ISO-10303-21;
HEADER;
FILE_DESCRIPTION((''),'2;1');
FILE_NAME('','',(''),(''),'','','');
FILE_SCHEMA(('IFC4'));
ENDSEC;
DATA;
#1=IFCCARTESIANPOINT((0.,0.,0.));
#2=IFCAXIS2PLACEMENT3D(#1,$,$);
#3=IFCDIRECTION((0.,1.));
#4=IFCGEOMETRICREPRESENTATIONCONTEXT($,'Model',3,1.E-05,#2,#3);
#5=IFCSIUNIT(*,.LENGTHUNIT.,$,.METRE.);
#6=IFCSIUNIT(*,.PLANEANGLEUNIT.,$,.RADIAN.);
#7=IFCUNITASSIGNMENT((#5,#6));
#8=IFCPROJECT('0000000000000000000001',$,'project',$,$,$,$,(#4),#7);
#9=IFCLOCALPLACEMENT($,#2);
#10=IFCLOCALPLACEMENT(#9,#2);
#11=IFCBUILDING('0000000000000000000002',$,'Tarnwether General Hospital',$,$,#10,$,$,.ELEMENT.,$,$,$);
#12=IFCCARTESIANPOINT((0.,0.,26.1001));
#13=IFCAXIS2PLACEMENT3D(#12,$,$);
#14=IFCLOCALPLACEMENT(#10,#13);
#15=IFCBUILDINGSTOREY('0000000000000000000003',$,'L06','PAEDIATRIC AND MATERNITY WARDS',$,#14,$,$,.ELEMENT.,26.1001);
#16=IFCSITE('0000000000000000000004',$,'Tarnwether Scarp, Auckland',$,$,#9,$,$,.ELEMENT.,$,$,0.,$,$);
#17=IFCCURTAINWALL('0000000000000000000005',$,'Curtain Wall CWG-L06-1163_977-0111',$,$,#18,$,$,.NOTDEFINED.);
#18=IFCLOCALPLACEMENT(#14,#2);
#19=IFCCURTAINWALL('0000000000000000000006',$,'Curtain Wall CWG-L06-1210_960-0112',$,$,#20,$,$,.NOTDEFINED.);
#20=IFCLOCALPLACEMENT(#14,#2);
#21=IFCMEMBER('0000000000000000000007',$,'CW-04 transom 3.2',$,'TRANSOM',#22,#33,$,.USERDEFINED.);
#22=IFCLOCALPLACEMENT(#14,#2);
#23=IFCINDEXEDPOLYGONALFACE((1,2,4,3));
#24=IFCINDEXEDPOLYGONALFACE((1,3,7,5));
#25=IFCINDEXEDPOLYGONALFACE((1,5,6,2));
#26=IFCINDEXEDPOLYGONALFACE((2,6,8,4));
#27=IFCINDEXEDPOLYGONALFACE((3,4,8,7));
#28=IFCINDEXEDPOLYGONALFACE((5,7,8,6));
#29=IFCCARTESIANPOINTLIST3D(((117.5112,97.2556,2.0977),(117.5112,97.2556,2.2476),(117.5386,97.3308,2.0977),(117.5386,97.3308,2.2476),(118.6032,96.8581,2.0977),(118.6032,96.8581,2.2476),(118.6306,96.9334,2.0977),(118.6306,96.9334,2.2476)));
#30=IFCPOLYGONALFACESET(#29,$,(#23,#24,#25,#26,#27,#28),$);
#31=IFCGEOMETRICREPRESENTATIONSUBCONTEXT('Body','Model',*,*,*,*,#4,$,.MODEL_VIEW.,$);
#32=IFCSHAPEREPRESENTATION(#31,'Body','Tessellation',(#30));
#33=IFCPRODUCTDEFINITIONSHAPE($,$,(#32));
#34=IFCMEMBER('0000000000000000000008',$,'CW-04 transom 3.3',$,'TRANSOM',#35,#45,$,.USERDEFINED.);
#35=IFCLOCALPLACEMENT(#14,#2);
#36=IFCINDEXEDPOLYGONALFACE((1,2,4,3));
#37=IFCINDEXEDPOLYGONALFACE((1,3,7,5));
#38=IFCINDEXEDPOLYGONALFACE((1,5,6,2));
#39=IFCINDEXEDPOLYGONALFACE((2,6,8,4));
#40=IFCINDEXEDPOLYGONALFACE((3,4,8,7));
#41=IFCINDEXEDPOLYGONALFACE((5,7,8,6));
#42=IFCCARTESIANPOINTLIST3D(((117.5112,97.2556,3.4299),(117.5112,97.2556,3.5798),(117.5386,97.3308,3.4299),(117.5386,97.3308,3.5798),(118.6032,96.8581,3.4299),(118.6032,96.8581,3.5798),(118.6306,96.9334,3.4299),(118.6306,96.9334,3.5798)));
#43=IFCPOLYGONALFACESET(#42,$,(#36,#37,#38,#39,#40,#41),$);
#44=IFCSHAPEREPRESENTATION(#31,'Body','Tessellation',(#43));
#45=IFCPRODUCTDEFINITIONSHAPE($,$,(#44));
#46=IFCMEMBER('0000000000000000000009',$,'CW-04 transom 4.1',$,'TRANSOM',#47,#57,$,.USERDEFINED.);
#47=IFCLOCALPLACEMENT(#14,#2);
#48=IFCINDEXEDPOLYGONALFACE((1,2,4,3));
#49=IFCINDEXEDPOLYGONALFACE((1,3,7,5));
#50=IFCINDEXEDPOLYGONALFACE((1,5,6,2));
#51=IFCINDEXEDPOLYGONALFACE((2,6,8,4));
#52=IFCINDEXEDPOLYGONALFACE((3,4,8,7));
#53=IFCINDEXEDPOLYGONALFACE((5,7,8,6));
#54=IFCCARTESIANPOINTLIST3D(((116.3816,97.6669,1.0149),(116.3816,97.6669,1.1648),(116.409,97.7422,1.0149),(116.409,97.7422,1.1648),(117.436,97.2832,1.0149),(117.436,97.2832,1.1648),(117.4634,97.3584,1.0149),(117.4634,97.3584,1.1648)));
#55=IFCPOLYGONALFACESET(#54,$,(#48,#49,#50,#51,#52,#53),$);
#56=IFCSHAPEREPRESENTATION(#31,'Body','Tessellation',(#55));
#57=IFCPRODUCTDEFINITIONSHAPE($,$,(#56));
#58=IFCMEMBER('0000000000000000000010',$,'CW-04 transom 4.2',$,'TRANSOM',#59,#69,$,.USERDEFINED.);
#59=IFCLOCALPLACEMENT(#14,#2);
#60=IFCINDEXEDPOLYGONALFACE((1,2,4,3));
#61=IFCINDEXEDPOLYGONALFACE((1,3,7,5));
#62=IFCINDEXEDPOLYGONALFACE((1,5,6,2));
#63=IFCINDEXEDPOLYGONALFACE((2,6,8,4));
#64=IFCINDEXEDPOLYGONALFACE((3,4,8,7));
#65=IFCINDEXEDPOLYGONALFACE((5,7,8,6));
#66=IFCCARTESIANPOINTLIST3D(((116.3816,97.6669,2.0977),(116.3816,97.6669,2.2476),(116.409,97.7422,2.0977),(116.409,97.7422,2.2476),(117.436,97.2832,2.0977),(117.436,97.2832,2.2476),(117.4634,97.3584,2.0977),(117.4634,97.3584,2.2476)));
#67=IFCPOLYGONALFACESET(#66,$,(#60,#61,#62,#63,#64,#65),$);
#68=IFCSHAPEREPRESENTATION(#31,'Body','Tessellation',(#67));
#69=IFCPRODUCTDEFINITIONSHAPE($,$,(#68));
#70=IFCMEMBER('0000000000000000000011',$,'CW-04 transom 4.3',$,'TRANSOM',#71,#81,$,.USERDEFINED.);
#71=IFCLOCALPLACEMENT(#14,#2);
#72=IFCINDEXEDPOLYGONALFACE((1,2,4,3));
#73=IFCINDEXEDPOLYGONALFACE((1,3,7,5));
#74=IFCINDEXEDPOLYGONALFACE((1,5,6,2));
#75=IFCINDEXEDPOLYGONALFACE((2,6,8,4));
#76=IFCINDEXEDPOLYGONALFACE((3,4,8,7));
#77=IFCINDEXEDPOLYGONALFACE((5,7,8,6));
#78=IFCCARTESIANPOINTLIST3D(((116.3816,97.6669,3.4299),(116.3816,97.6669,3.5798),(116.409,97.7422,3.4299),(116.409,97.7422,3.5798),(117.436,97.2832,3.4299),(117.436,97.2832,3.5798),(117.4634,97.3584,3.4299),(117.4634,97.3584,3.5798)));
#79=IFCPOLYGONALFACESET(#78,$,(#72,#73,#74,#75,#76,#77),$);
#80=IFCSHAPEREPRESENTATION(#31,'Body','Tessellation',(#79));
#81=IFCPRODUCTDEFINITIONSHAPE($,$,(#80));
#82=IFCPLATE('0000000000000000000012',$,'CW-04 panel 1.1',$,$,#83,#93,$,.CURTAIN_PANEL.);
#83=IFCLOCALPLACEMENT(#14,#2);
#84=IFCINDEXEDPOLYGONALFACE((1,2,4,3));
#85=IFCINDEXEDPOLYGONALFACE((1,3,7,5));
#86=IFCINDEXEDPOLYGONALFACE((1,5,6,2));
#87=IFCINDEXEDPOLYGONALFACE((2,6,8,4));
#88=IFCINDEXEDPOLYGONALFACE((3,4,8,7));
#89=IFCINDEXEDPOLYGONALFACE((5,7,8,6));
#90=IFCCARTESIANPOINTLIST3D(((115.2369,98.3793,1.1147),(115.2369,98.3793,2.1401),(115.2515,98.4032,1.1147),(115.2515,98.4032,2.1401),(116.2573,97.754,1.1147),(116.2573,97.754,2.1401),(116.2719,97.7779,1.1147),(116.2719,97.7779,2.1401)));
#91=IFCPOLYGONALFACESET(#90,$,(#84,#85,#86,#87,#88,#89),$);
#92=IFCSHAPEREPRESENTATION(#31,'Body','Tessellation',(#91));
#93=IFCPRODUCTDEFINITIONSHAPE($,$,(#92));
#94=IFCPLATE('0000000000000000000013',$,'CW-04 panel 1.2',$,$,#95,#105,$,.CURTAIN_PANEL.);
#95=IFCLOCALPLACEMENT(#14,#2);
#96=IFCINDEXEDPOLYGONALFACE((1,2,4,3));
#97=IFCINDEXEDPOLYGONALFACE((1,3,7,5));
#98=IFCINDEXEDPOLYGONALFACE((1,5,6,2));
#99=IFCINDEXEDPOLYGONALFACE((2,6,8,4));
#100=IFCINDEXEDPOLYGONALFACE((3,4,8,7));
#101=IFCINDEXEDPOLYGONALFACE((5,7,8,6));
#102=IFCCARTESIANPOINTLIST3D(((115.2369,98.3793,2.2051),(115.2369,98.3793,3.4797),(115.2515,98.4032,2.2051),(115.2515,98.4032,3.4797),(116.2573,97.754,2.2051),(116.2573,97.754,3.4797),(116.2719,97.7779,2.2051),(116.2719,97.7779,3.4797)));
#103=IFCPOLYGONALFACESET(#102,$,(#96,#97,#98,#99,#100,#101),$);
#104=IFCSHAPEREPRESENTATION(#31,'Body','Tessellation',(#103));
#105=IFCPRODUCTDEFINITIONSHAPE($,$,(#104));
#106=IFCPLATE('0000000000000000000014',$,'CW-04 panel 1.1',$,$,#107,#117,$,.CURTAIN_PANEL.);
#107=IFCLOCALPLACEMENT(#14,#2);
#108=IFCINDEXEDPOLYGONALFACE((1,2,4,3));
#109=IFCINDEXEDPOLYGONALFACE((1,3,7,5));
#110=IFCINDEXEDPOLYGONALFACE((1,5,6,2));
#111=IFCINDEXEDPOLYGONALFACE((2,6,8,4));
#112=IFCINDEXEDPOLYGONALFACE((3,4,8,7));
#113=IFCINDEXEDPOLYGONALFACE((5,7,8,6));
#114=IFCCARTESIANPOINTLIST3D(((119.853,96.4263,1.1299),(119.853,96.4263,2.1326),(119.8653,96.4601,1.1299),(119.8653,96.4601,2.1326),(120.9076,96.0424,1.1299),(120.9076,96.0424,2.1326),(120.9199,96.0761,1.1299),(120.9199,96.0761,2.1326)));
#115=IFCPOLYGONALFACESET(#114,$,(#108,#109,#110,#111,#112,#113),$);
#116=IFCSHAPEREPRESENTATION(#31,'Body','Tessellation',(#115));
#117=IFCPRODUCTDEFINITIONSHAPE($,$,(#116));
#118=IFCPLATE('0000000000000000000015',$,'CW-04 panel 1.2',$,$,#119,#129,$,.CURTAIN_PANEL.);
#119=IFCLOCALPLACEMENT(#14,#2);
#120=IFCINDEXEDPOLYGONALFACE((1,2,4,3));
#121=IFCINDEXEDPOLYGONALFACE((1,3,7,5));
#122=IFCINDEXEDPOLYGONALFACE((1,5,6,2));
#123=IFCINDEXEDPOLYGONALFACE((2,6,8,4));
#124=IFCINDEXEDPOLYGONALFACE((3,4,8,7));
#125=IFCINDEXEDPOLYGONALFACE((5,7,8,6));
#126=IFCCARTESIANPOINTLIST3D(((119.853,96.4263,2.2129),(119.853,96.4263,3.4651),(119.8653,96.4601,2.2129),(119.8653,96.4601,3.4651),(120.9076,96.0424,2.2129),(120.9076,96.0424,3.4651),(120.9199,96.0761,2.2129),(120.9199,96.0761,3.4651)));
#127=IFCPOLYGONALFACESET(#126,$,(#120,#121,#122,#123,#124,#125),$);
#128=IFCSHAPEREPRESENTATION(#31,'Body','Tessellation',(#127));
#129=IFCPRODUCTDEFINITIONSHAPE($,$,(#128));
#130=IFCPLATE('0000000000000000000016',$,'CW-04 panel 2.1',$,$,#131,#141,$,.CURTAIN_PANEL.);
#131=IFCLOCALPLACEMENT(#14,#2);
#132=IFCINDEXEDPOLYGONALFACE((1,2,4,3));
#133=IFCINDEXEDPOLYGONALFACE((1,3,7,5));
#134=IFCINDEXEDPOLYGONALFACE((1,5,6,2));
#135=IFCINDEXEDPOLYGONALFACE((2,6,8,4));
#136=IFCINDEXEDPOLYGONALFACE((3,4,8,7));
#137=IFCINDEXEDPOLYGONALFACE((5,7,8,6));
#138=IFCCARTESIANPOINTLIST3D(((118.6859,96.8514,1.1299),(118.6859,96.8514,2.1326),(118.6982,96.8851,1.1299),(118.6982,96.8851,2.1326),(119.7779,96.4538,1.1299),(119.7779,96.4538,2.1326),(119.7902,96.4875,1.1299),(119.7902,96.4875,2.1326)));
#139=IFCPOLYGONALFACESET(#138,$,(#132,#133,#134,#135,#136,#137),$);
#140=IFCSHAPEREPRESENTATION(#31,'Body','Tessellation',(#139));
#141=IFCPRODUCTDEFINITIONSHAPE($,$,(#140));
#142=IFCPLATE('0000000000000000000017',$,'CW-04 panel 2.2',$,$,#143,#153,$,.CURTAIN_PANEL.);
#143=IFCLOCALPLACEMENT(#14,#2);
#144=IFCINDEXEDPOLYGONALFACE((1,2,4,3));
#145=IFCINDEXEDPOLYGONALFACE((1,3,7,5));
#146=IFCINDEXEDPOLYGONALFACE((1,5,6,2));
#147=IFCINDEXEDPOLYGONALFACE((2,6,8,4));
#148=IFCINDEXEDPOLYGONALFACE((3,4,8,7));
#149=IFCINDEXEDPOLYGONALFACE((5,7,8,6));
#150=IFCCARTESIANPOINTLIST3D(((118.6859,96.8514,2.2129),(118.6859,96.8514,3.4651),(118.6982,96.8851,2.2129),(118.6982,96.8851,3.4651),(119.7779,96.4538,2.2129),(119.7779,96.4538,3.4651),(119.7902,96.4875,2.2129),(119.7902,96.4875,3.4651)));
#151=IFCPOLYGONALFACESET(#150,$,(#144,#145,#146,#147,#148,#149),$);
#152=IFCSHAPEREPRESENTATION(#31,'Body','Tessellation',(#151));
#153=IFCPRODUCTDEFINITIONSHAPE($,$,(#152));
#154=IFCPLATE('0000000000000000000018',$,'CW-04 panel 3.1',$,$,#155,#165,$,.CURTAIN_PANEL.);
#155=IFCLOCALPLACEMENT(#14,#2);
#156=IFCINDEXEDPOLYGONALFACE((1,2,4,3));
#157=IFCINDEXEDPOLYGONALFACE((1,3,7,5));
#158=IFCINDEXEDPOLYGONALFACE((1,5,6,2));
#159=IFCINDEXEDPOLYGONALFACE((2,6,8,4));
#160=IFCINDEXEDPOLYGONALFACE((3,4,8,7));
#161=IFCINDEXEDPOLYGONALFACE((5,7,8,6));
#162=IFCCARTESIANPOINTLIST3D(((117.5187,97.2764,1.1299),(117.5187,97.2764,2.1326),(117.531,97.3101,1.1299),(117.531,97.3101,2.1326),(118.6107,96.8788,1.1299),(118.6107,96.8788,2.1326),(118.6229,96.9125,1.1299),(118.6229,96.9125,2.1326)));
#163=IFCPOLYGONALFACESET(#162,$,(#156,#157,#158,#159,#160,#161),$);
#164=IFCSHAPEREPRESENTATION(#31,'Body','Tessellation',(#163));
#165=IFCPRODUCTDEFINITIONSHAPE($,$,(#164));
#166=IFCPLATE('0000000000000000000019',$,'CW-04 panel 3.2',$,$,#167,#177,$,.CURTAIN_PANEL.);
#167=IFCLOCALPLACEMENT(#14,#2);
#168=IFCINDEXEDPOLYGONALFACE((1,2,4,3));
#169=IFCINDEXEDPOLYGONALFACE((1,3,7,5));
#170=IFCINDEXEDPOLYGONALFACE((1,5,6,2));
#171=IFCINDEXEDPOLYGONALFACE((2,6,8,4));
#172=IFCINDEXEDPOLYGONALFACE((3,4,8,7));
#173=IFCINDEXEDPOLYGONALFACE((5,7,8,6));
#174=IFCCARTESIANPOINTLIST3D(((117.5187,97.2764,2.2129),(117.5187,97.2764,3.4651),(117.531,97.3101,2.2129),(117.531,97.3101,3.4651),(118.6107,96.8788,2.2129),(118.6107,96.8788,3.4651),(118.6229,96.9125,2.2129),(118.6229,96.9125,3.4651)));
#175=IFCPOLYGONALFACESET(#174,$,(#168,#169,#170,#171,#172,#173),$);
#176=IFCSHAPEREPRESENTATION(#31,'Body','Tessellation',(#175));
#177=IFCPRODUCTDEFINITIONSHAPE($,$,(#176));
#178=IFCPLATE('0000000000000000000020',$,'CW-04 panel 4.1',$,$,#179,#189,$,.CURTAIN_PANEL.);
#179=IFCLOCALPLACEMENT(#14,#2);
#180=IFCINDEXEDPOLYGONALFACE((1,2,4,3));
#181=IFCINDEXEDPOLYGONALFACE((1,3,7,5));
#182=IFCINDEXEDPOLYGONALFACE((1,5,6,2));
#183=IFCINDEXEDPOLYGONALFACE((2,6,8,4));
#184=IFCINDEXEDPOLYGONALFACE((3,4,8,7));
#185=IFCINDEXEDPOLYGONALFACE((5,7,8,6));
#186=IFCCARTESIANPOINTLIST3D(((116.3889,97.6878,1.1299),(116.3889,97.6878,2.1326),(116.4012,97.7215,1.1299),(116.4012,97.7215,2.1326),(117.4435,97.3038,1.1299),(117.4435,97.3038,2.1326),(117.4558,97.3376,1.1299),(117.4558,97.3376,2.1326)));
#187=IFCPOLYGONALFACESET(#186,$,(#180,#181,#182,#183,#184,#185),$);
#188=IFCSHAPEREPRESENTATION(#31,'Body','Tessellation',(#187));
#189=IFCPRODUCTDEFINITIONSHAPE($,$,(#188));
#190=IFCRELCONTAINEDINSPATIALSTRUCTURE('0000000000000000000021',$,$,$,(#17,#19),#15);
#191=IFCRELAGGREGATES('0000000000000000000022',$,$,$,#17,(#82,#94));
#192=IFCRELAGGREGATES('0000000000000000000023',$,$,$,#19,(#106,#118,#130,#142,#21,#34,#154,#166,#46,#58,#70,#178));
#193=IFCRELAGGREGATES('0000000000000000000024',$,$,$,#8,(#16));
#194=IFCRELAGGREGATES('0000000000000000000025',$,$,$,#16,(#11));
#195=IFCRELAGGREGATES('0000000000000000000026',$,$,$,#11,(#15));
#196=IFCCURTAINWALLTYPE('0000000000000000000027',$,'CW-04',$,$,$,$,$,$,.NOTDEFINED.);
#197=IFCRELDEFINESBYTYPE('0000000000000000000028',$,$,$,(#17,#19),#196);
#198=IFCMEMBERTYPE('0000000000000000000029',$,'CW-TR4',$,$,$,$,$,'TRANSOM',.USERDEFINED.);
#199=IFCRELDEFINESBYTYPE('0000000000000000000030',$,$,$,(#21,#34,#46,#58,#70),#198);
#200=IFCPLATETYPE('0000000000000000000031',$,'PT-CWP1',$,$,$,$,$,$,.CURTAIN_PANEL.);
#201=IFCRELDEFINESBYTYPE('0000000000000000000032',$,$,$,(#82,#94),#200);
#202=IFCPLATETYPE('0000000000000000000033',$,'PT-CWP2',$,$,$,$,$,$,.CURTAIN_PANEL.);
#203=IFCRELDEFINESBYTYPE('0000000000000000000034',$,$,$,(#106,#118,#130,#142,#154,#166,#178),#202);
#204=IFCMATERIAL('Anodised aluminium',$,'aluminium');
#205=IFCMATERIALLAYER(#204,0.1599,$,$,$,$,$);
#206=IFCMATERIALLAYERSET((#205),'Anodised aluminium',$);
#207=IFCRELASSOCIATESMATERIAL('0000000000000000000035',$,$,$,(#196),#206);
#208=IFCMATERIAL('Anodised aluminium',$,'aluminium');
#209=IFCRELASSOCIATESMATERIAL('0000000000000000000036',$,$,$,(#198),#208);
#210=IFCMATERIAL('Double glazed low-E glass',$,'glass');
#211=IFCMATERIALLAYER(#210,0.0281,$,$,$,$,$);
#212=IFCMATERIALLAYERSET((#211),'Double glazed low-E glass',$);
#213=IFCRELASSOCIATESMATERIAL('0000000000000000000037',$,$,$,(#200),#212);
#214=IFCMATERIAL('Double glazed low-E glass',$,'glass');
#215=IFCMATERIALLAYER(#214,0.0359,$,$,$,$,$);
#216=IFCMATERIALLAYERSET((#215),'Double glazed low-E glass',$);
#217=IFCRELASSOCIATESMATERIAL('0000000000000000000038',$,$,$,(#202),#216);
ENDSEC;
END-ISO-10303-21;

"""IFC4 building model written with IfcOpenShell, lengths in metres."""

from ifc_helpers import new_model, si_unit, direction, frame, origin, origin_2d, place, context, subcontext, project, spatial, rectangle, extrude, material, layer, layer_set, material_profile, profile_set, type_object, element, aggregate, save


model = new_model("IFC4")

# Units and contexts
model_context = context("Model", 3, precision=1e-05, world=origin(), true_north=direction((0.0, 1.0)))
body_context = subcontext(model_context, "Body", "Model", "MODEL_VIEW")
ifc_project = project(units=[si_unit("LENGTHUNIT", "METRE"), si_unit("PLANEANGLEUNIT", "RADIAN")], contexts=[model_context])

# Site, building, storey
site_placement = place(None, origin())
site = spatial("IfcSite", under=ifc_project, at=site_placement, Name="Tarnwether Scarp, Auckland", CompositionType="ELEMENT", RefElevation=0.0)
building_placement = place(site_placement, origin())
building = spatial("IfcBuilding", under=site, at=building_placement, Name="Tarnwether General Hospital", CompositionType="ELEMENT")
storey_placement = place(building_placement, frame((0.0, 0.0, 26.1001)))
storey = spatial("IfcBuildingStorey", under=building, at=storey_placement, Name="L06", Description="PAEDIATRIC AND MATERNITY WARDS", CompositionType="ELEMENT", Elevation=26.1001)

# Curtain wall
ifc_material_1 = material(Name="Anodised aluminium", Category="aluminium")
ifc_layer_1 = layer(ifc_material_1, 0.1599)
ifc_layer_set_1 = layer_set([ifc_layer_1], Name="Anodised aluminium")
curtain_wall_type = type_object("IfcCurtainWallType", Name="CW-04", PredefinedType="NOTDEFINED", material=ifc_layer_set_1)
curtain_wall_1_placement = place(storey_placement, origin())
curtain_wall_1 = element("IfcCurtainWall", 1, at=curtain_wall_1_placement, inside=storey, type_object=curtain_wall_type, Name="Curtain Wall CWG-L06-1163_977-0111", PredefinedType="NOTDEFINED")

# Curtain wall
curtain_wall_2_placement = place(storey_placement, origin())
curtain_wall_2 = element("IfcCurtainWall", 2, at=curtain_wall_2_placement, inside=storey, type_object=curtain_wall_type, Name="Curtain Wall CWG-L06-1210_960-0112", PredefinedType="NOTDEFINED")

# Members
ifc_material_2 = material(Name="Anodised aluminium", Category="aluminium")
ifc_material_profile_1 = material_profile(ifc_material_2, rectangle(XDim=0.0801, YDim=0.1499, at=origin_2d()), Name="ALU-TRN-80x150")
ifc_profile_set_1 = profile_set([ifc_material_profile_1], Name="Anodised aluminium")
member_type_1 = type_object("IfcMemberType", Name="CW-TR4", ElementType="TRANSOM", PredefinedType="USERDEFINED", material=ifc_profile_set_1)
member_1_placement = place(storey_placement, frame((118.6169, 96.8958, 2.1726), z_axis=(-0.939695, 0.342013, 0.0), x_axis=(-0.342013, -0.939695, 0.0)))
member_1 = element("IfcMember", 3, at=member_1_placement, type_object=member_type_1, Name="CW-04 transom 3.2", ObjectType="TRANSOM", PredefinedType="USERDEFINED", context=body_context, shape_type="SweptSolid", body=[
    extrude(rectangle(XDim=0.0801, YDim=0.1499, at=origin_2d()), origin(), (0.0, 0.0, 1.0), 1.1621),
])
member_2_placement = place(storey_placement, frame((118.6169, 96.8958, 3.5049), z_axis=(-0.939695, 0.342013, 0.0), x_axis=(-0.342013, -0.939695, 0.0)))
member_2 = element("IfcMember", 4, at=member_2_placement, type_object=member_type_1, Name="CW-04 transom 3.3", ObjectType="TRANSOM", PredefinedType="USERDEFINED", context=body_context, shape_type="SweptSolid", body=[
    extrude(rectangle(XDim=0.0801, YDim=0.1499, at=origin_2d()), origin(), (0.0, 0.0, 1.0), 1.1621),
])
member_3_placement = place(storey_placement, frame((117.4497, 97.3208, 1.0898), z_axis=(-0.939692, 0.342023, 0.0), x_axis=(-0.342023, -0.939692, 0.0)))
member_3 = element("IfcMember", 5, at=member_3_placement, type_object=member_type_1, Name="CW-04 transom 4.1", ObjectType="TRANSOM", PredefinedType="USERDEFINED", context=body_context, shape_type="SweptSolid", body=[
    extrude(rectangle(XDim=0.0801, YDim=0.1499, at=origin_2d()), origin(), (0.0, 0.0, 1.0), 1.1221),
])
member_4_placement = place(storey_placement, frame((117.4497, 97.3208, 2.1726), z_axis=(-0.939692, 0.342023, 0.0), x_axis=(-0.342023, -0.939692, 0.0)))
member_4 = element("IfcMember", 6, at=member_4_placement, type_object=member_type_1, Name="CW-04 transom 4.2", ObjectType="TRANSOM", PredefinedType="USERDEFINED", context=body_context, shape_type="SweptSolid", body=[
    extrude(rectangle(XDim=0.0801, YDim=0.1499, at=origin_2d()), origin(), (0.0, 0.0, 1.0), 1.1221),
])
member_5_placement = place(storey_placement, frame((117.4497, 97.3208, 3.5049), z_axis=(-0.939692, 0.342023, 0.0), x_axis=(-0.342023, -0.939692, 0.0)))
member_5 = element("IfcMember", 7, at=member_5_placement, type_object=member_type_1, Name="CW-04 transom 4.3", ObjectType="TRANSOM", PredefinedType="USERDEFINED", context=body_context, shape_type="SweptSolid", body=[
    extrude(rectangle(XDim=0.0801, YDim=0.1499, at=origin_2d()), origin(), (0.0, 0.0, 1.0), 1.1221),
])

# Plates
ifc_material_3 = material(Name="Double glazed low-E glass", Category="glass")
ifc_layer_2 = layer(ifc_material_3, 0.0281)
ifc_layer_set_2 = layer_set([ifc_layer_2], Name="Double glazed low-E glass")
plate_type_1 = type_object("IfcPlateType", Name="PT-CWP1", PredefinedType="CURTAIN_PANEL", material=ifc_layer_set_2)
plate_1_placement = place(storey_placement, frame((115.7544, 98.0786, 1.1147), z_axis=(0.0, 0.0, 1.0), x_axis=(-0.852632, 0.522512, 0.0)))
plate_1 = element("IfcPlate", 8, at=plate_1_placement, type_object=plate_type_1, Name="CW-04 panel 1.1", PredefinedType="CURTAIN_PANEL", context=body_context, shape_type="SweptSolid", body=[
    extrude(rectangle(XDim=1.1968, YDim=0.0281, at=origin_2d()), origin(), (0.0, 0.0, 1.0), 1.0254),
])
plate_2_placement = place(storey_placement, frame((115.7544, 98.0786, 2.2051), z_axis=(0.0, 0.0, 1.0), x_axis=(-0.852632, 0.522512, 0.0)))
plate_2 = element("IfcPlate", 9, at=plate_2_placement, type_object=plate_type_1, Name="CW-04 panel 1.2", PredefinedType="CURTAIN_PANEL", context=body_context, shape_type="SweptSolid", body=[
    extrude(rectangle(XDim=1.1968, YDim=0.0281, at=origin_2d()), origin(), (0.0, 0.0, 1.0), 1.2747),
])
aggregate(curtain_wall_1, [plate_1, plate_2])
ifc_material_4 = material(Name="Double glazed low-E glass", Category="glass")
ifc_layer_3 = layer(ifc_material_4, 0.0359)
ifc_layer_set_3 = layer_set([ifc_layer_3], Name="Double glazed low-E glass")
plate_type_2 = type_object("IfcPlateType", Name="PT-CWP2", PredefinedType="CURTAIN_PANEL", material=ifc_layer_set_3)
plate_3_placement = place(storey_placement, frame((120.3865, 96.2512, 1.1299), z_axis=(0.0, 0.0, 1.0), x_axis=(-0.939652, 0.342131, 0.0)))
plate_3 = element("IfcPlate", 10, at=plate_3_placement, type_object=plate_type_2, Name="CW-04 panel 1.1", PredefinedType="CURTAIN_PANEL", context=body_context, shape_type="SweptSolid", body=[
    extrude(rectangle(XDim=1.1223, YDim=0.0359, at=origin_2d()), origin(), (0.0, 0.0, 1.0), 1.0027),
])
plate_4_placement = place(storey_placement, frame((120.3865, 96.2512, 2.2129), z_axis=(0.0, 0.0, 1.0), x_axis=(-0.939652, 0.342131, 0.0)))
plate_4 = element("IfcPlate", 11, at=plate_4_placement, type_object=plate_type_2, Name="CW-04 panel 1.2", PredefinedType="CURTAIN_PANEL", context=body_context, shape_type="SweptSolid", body=[
    extrude(rectangle(XDim=1.1223, YDim=0.0359, at=origin_2d()), origin(), (0.0, 0.0, 1.0), 1.2522),
])
plate_5_placement = place(storey_placement, frame((119.238, 96.6694, 1.1299), z_axis=(0.0, 0.0, 1.0), x_axis=(-0.939652, 0.342131, 0.0)))
plate_5 = element("IfcPlate", 12, at=plate_5_placement, type_object=plate_type_2, Name="CW-04 panel 2.1", PredefinedType="CURTAIN_PANEL", context=body_context, shape_type="SweptSolid", body=[
    extrude(rectangle(XDim=1.1621, YDim=0.0359, at=origin_2d()), origin(), (0.0, 0.0, 1.0), 1.0027),
])
plate_6_placement = place(storey_placement, frame((119.238, 96.6694, 2.2129), z_axis=(0.0, 0.0, 1.0), x_axis=(-0.939652, 0.342131, 0.0)))
plate_6 = element("IfcPlate", 13, at=plate_6_placement, type_object=plate_type_2, Name="CW-04 panel 2.2", PredefinedType="CURTAIN_PANEL", context=body_context, shape_type="SweptSolid", body=[
    extrude(rectangle(XDim=1.1621, YDim=0.0359, at=origin_2d()), origin(), (0.0, 0.0, 1.0), 1.2522),
])
plate_7_placement = place(storey_placement, frame((118.0708, 97.0945, 1.1299), z_axis=(0.0, 0.0, 1.0), x_axis=(-0.939652, 0.342131, 0.0)))
plate_7 = element("IfcPlate", 14, at=plate_7_placement, type_object=plate_type_2, Name="CW-04 panel 3.1", PredefinedType="CURTAIN_PANEL", context=body_context, shape_type="SweptSolid", body=[
    extrude(rectangle(XDim=1.1621, YDim=0.0359, at=origin_2d()), origin(), (0.0, 0.0, 1.0), 1.0027),
])
plate_8_placement = place(storey_placement, frame((118.0708, 97.0945, 2.2129), z_axis=(0.0, 0.0, 1.0), x_axis=(-0.939652, 0.342131, 0.0)))
plate_8 = element("IfcPlate", 15, at=plate_8_placement, type_object=plate_type_2, Name="CW-04 panel 3.2", PredefinedType="CURTAIN_PANEL", context=body_context, shape_type="SweptSolid", body=[
    extrude(rectangle(XDim=1.1621, YDim=0.0359, at=origin_2d()), origin(), (0.0, 0.0, 1.0), 1.2522),
])
plate_9_placement = place(storey_placement, frame((116.9224, 97.5127, 1.1299), z_axis=(0.0, 0.0, 1.0), x_axis=(-0.939652, 0.342131, 0.0)))
plate_9 = element("IfcPlate", 16, at=plate_9_placement, type_object=plate_type_2, Name="CW-04 panel 4.1", PredefinedType="CURTAIN_PANEL", context=body_context, shape_type="SweptSolid", body=[
    extrude(rectangle(XDim=1.1223, YDim=0.0359, at=origin_2d()), origin(), (0.0, 0.0, 1.0), 1.0027),
])
aggregate(curtain_wall_2, [plate_3, plate_4, plate_5, plate_6, member_1, member_2, plate_7, plate_8, member_3, member_4, member_5, plate_9])

save(model, "model.ifc")
